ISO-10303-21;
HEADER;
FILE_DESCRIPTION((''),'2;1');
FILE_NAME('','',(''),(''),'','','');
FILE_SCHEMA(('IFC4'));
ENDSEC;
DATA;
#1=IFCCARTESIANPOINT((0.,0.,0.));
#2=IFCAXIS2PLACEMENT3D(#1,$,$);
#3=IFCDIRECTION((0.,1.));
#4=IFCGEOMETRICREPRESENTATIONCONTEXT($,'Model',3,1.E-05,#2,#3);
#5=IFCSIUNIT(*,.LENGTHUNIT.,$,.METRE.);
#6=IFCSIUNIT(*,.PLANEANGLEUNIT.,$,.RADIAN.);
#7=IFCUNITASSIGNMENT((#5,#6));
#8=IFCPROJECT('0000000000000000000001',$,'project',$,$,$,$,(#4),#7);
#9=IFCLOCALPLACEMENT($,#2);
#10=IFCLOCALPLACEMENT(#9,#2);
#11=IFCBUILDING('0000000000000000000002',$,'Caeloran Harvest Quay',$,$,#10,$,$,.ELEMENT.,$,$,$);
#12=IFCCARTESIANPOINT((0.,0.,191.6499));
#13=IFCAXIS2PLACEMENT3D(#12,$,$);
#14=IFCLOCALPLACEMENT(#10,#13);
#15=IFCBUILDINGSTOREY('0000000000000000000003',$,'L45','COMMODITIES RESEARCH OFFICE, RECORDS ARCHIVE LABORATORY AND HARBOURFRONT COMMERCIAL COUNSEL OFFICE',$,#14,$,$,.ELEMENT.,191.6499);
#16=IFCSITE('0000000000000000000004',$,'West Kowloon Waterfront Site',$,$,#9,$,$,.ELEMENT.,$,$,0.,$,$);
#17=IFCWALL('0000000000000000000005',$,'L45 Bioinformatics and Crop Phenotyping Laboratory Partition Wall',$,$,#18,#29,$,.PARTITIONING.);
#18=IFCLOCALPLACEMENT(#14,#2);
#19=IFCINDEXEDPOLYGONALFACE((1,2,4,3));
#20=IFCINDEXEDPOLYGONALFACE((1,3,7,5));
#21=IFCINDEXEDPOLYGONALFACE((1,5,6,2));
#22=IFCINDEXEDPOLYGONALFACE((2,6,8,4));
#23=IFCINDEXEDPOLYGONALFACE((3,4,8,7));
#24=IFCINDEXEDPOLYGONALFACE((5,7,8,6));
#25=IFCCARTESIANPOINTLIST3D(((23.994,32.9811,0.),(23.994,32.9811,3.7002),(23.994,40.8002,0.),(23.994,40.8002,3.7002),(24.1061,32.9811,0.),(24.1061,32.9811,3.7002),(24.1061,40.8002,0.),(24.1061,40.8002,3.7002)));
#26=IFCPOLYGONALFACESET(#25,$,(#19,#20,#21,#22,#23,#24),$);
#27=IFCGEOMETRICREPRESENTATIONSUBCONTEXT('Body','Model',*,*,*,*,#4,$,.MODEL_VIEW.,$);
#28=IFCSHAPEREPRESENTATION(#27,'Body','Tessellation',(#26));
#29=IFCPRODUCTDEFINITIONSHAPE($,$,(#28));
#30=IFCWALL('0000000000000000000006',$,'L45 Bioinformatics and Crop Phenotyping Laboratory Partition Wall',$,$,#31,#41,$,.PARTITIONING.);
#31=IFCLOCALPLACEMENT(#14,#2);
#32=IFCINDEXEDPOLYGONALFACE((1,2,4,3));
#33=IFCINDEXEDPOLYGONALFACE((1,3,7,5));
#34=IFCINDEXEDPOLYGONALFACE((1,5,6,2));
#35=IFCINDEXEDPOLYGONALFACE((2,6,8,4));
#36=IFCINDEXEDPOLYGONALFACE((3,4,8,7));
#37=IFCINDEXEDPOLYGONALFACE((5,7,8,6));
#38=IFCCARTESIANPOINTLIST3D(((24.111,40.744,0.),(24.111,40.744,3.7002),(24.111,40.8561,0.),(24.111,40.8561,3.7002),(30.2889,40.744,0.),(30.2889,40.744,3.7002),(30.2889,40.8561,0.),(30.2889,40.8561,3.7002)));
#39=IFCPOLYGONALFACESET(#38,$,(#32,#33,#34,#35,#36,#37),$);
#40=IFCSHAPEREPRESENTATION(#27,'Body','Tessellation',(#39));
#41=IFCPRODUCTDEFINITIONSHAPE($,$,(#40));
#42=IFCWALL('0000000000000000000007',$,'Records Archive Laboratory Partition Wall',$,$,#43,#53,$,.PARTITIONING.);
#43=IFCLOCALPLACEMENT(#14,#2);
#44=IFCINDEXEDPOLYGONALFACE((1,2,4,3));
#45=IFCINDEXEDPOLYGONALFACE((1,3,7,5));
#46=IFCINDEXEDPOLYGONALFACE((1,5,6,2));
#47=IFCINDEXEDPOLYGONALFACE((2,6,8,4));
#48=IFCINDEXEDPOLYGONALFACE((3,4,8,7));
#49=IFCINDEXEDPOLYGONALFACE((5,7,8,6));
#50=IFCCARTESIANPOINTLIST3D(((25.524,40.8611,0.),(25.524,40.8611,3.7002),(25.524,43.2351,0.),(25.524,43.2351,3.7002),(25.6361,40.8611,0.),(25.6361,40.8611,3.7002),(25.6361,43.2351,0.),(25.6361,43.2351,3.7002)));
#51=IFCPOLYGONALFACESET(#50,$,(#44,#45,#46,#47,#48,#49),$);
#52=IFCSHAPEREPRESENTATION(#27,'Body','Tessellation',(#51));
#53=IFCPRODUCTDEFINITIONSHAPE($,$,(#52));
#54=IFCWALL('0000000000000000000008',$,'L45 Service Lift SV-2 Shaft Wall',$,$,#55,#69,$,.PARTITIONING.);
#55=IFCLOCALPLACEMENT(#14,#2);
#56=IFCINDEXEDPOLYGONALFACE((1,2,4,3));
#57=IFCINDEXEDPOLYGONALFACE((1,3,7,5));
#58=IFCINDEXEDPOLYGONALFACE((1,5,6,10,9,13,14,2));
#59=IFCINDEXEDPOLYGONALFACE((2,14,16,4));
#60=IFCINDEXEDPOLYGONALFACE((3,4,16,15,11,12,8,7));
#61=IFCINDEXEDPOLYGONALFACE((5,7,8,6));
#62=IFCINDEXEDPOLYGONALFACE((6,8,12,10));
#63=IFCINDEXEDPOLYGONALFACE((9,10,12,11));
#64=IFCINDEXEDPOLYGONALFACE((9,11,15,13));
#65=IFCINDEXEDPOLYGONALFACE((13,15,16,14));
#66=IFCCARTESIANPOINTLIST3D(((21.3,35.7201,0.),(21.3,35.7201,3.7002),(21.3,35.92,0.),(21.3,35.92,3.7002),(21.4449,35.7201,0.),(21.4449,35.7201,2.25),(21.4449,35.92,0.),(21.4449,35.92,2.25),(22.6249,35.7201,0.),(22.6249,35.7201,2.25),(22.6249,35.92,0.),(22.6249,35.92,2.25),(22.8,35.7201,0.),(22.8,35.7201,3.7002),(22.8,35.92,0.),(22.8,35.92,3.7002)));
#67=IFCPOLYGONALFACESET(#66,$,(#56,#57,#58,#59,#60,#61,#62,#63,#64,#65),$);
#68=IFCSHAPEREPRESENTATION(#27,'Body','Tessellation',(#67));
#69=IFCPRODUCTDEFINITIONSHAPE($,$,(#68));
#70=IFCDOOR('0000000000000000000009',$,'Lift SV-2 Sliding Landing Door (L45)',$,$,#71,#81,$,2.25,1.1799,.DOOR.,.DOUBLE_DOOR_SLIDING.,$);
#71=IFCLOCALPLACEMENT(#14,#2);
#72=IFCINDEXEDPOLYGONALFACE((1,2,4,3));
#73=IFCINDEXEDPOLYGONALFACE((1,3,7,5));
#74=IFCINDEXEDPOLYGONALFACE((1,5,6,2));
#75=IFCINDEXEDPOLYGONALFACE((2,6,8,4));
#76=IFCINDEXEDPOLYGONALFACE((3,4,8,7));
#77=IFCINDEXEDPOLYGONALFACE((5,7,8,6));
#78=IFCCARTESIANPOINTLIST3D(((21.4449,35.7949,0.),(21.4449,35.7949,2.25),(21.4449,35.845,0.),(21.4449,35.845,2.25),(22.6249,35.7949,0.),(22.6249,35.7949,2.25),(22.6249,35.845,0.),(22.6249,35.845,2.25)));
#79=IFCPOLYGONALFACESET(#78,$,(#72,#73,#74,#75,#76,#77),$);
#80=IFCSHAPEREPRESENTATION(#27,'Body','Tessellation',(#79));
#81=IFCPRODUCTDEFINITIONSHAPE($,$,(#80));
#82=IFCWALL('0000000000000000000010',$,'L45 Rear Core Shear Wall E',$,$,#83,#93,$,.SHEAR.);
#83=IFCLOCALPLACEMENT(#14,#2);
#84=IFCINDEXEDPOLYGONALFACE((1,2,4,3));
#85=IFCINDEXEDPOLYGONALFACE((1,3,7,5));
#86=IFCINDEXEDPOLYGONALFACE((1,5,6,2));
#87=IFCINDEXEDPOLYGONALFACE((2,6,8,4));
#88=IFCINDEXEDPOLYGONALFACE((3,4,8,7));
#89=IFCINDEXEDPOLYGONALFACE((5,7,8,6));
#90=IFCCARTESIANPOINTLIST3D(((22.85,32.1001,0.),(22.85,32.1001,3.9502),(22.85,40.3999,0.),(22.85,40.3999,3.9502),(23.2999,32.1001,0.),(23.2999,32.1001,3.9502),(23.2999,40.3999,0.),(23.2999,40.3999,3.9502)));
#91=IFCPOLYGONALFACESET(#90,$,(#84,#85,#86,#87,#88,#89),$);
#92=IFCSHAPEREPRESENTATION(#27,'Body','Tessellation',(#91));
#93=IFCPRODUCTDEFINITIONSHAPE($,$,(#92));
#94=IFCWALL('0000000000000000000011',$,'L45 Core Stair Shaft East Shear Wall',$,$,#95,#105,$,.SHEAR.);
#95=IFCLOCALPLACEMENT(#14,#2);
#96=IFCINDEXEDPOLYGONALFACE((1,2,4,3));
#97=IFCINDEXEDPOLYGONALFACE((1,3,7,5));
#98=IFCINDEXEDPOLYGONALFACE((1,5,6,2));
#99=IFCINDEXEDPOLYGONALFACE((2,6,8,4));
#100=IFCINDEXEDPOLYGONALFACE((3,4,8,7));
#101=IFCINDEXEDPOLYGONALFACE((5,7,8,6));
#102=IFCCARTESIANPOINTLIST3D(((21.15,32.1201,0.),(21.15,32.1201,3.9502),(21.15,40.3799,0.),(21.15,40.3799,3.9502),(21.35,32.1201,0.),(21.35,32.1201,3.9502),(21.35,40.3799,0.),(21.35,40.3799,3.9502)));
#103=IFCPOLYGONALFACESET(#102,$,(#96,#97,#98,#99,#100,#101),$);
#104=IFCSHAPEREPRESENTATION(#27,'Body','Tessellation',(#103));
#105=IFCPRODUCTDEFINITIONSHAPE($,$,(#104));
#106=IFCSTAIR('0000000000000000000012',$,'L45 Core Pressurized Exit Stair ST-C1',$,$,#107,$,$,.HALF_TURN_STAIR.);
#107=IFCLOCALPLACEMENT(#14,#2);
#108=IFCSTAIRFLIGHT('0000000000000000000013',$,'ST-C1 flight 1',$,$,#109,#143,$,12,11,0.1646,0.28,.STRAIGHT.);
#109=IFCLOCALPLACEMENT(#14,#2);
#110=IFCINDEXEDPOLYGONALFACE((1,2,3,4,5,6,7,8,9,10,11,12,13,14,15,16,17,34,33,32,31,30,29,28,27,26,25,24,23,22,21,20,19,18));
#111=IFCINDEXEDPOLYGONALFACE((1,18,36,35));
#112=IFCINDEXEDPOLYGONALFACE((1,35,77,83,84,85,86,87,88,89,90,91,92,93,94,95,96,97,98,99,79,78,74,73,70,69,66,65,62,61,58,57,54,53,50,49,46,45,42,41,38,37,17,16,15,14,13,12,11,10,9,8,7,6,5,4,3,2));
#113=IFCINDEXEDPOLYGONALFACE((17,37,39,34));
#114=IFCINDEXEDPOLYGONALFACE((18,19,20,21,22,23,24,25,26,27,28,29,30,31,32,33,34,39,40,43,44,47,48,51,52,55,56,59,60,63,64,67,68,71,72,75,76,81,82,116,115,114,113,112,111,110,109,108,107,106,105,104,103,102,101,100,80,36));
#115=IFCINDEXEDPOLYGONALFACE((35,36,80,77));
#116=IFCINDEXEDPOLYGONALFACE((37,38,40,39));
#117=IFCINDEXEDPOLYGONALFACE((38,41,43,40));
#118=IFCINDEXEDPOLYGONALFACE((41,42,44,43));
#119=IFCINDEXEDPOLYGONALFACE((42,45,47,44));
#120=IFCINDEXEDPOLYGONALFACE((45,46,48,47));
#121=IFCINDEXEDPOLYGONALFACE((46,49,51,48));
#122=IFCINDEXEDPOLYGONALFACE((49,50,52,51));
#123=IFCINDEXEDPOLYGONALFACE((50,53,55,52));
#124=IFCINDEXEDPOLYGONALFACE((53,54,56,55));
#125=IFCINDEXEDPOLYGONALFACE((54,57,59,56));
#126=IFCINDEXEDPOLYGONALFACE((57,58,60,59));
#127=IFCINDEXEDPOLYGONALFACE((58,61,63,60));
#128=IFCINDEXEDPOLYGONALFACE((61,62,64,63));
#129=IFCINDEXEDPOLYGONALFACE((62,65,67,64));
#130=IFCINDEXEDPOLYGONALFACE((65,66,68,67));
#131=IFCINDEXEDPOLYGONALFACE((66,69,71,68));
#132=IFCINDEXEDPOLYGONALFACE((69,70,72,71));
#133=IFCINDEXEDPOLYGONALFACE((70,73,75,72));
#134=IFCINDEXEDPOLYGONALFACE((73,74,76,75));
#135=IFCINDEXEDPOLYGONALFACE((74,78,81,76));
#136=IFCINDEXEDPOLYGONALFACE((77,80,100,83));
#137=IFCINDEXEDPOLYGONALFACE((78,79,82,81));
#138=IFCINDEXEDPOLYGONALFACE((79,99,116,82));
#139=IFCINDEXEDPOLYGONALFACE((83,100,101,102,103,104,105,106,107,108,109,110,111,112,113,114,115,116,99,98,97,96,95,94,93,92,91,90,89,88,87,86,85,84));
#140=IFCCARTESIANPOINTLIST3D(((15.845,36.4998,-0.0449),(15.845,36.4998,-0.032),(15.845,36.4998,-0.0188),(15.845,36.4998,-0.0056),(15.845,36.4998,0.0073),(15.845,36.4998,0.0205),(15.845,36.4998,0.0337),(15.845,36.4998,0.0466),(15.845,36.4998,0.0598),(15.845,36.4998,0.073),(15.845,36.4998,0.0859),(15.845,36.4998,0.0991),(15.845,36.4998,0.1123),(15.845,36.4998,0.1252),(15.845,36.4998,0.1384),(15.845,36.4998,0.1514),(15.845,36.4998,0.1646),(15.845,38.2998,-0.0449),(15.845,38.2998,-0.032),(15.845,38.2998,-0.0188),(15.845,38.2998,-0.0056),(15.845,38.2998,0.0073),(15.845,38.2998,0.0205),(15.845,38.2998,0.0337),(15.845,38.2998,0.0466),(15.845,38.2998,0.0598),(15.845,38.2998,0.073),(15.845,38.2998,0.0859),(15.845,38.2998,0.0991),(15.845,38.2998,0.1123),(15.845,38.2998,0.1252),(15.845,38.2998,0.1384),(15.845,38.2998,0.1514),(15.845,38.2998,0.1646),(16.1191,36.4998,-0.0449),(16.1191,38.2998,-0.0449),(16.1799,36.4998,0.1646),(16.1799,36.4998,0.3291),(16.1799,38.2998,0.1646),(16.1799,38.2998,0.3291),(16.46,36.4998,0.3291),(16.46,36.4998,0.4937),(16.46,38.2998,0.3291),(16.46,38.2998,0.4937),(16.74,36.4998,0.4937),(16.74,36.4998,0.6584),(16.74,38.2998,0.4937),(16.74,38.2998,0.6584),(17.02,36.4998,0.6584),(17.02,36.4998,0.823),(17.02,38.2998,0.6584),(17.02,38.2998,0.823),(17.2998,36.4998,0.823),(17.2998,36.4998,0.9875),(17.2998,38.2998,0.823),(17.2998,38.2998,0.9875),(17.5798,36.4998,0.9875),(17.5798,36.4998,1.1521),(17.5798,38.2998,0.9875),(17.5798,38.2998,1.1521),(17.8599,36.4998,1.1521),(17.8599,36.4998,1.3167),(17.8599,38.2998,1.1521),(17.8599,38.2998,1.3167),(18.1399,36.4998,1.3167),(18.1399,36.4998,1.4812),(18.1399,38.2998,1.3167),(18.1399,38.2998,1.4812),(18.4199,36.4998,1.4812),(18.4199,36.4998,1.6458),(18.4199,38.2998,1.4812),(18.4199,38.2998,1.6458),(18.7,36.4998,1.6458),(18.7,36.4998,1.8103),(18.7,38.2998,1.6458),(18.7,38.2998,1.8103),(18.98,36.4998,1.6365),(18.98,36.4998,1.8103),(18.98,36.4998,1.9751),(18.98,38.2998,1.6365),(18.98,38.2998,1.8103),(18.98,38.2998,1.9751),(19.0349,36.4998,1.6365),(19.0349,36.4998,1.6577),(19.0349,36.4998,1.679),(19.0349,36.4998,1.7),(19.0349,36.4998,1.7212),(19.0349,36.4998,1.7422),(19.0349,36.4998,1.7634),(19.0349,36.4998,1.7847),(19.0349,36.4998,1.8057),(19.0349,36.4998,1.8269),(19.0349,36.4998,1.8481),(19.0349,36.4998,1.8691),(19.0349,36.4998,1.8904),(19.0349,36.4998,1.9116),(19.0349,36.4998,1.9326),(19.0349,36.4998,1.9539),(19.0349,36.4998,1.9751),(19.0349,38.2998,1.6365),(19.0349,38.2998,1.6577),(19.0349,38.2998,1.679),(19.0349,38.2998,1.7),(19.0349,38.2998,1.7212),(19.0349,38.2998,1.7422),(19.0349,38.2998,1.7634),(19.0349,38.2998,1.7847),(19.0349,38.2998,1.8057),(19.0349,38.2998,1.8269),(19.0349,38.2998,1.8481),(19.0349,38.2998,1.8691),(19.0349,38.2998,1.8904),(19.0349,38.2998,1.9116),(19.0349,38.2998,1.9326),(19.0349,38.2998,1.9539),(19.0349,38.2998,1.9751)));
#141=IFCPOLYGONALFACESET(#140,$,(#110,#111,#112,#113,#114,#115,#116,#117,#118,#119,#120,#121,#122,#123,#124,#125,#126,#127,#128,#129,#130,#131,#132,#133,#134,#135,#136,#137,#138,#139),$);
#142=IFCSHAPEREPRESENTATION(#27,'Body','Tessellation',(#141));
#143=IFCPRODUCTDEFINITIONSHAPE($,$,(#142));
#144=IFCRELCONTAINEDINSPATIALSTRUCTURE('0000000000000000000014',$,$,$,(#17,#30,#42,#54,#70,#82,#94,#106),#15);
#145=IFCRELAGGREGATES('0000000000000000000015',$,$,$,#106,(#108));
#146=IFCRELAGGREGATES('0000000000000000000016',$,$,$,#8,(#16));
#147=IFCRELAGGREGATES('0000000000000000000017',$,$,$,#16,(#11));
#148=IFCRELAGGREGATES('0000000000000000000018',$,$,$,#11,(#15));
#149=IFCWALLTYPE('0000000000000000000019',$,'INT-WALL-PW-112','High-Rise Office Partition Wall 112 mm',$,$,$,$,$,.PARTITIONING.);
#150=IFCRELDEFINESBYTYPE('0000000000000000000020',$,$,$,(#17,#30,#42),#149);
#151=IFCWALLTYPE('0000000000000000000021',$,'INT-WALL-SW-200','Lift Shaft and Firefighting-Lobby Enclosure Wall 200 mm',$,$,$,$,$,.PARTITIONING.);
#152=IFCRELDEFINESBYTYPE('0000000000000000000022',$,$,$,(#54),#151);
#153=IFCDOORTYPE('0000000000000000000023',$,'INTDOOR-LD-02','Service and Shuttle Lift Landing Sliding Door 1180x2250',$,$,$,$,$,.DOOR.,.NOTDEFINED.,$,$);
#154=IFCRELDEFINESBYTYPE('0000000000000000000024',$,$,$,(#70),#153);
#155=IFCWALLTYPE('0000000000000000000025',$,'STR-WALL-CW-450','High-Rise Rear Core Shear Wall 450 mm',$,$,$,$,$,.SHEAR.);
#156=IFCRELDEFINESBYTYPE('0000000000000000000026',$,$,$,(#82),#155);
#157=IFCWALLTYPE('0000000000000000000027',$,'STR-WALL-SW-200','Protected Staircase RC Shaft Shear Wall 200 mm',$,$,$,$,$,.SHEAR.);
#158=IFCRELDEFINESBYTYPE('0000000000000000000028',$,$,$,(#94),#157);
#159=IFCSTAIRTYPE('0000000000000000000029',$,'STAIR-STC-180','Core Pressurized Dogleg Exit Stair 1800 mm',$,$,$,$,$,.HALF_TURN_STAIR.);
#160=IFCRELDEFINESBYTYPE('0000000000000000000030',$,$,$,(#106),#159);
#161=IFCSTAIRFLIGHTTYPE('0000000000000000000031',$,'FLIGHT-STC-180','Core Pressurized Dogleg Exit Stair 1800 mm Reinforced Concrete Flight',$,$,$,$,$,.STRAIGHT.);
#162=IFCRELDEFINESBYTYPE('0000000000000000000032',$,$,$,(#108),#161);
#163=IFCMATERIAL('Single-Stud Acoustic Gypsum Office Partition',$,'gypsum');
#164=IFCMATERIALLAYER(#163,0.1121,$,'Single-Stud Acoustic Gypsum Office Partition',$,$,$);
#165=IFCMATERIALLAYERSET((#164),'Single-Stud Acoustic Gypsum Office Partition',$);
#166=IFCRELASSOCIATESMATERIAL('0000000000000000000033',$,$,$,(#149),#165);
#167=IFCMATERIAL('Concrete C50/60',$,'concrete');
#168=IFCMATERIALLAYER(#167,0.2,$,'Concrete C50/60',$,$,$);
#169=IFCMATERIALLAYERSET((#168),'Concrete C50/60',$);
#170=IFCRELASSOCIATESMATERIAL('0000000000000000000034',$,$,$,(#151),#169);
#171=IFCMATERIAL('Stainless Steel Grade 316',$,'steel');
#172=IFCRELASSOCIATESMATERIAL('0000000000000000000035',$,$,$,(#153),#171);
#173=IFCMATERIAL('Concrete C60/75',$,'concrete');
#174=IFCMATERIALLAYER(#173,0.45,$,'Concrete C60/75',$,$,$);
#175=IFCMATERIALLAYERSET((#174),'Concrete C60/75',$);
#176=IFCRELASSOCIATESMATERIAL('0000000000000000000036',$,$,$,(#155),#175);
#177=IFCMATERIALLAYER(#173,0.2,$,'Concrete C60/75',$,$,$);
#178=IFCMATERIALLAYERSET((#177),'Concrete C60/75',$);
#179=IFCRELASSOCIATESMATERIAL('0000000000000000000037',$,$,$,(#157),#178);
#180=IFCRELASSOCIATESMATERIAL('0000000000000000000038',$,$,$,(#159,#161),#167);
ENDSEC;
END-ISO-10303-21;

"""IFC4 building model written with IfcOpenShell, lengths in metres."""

from ifc_helpers import new_model, si_unit, direction, frame, frame_2d, origin, place, context, subcontext, project, spatial, polyline, rectangle, outline, extrude, material, layer, layer_set, type_object, element, fill, aggregate, save


model = new_model("IFC4")

# Units and contexts
model_context = context("Model", 3, precision=1e-05, world=origin(), true_north=direction((0.0, 1.0)))
body_context = subcontext(model_context, "Body", "Model", "MODEL_VIEW")
ifc_project = project(units=[si_unit("LENGTHUNIT", "METRE"), si_unit("PLANEANGLEUNIT", "RADIAN")], contexts=[model_context])

# Site, building, storey
site_placement = place(None, origin())
site = spatial("IfcSite", under=ifc_project, at=site_placement, Name="West Kowloon Waterfront Site", CompositionType="ELEMENT", RefElevation=0.0)
building_placement = place(site_placement, origin())
building = spatial("IfcBuilding", under=site, at=building_placement, Name="Caeloran Harvest Quay", CompositionType="ELEMENT")
storey_placement = place(building_placement, frame((0.0, 0.0, 191.6499)))
storey = spatial("IfcBuildingStorey", under=building, at=storey_placement, Name="L45", Description="COMMODITIES RESEARCH OFFICE, RECORDS ARCHIVE LABORATORY AND HARBOURFRONT COMMERCIAL COUNSEL OFFICE", CompositionType="ELEMENT", Elevation=191.6499)

# Walls
ifc_material_1 = material(Name="Single-Stud Acoustic Gypsum Office Partition", Category="gypsum")
ifc_layer_1 = layer(ifc_material_1, 0.1121, Name="Single-Stud Acoustic Gypsum Office Partition")
ifc_layer_set_1 = layer_set([ifc_layer_1], Name="Single-Stud Acoustic Gypsum Office Partition")
wall_type_1 = type_object("IfcWallType", Name="INT-WALL-PW-112", Description="High-Rise Office Partition Wall 112 mm", PredefinedType="PARTITIONING", material=ifc_layer_set_1)
wall_1_placement = place(storey_placement, frame((24.05, 32.981, 0.0), z_axis=(0.0, 0.0, 1.0), x_axis=(0.0, 1.0, 0.0)))
element("IfcWall", 1, at=wall_1_placement, inside=storey, type_object=wall_type_1, Name="L45 Bioinformatics and Crop Phenotyping Laboratory Partition Wall", PredefinedType="PARTITIONING", context=body_context, shape_type="SweptSolid", body=[
    extrude(rectangle(XDim=7.8191, YDim=0.1121, at=frame_2d((3.9097, 0.0))), origin(), (0.0, 0.0, 1.0), 3.7002),
])
wall_2_placement = place(storey_placement, frame((24.1111, 40.8, 0.0), z_axis=(0.0, 0.0, 1.0), x_axis=(1.0, 0.0, 0.0)))
element("IfcWall", 2, at=wall_2_placement, inside=storey, type_object=wall_type_1, Name="L45 Bioinformatics and Crop Phenotyping Laboratory Partition Wall", PredefinedType="PARTITIONING", context=body_context, shape_type="SweptSolid", body=[
    extrude(rectangle(XDim=6.178, YDim=0.1121, at=frame_2d((3.0889, 0.0))), origin(), (0.0, 0.0, 1.0), 3.7002),
])
wall_3_placement = place(storey_placement, frame((25.5801, 40.8611, 0.0), z_axis=(0.0, 0.0, 1.0), x_axis=(0.0, 1.0, 0.0)))
element("IfcWall", 3, at=wall_3_placement, inside=storey, type_object=wall_type_1, Name="Records Archive Laboratory Partition Wall", PredefinedType="PARTITIONING", context=body_context, shape_type="SweptSolid", body=[
    extrude(rectangle(XDim=2.374, YDim=0.1121, at=frame_2d((1.187, 0.0))), origin(), (0.0, 0.0, 1.0), 3.7002),
])

# Wall, opening, door
ifc_material_2 = material(Name="Concrete C50/60", Category="concrete")
ifc_layer_2 = layer(ifc_material_2, 0.2, Name="Concrete C50/60")
ifc_layer_set_2 = layer_set([ifc_layer_2], Name="Concrete C50/60")
wall_type_2 = type_object("IfcWallType", Name="INT-WALL-SW-200", Description="Lift Shaft and Firefighting-Lobby Enclosure Wall 200 mm", PredefinedType="PARTITIONING", material=ifc_layer_set_2)
wall_4_placement = place(storey_placement, frame((21.3, 35.8201, 0.0), z_axis=(0.0, 0.0, 1.0), x_axis=(1.0, 0.0, 0.0)))
wall_4 = element("IfcWall", 4, at=wall_4_placement, inside=storey, type_object=wall_type_2, Name="L45 Service Lift SV-2 Shaft Wall", PredefinedType="PARTITIONING", context=body_context, shape_type="SweptSolid", body=[
    extrude(rectangle(XDim=1.5, YDim=0.2, at=frame_2d((0.75, 0.0))), origin(), (0.0, 0.0, 1.0), 3.7002),
])
opening_placement = place(wall_4_placement, frame((0.145, 0.0, 0.0)))
opening = element("IfcOpeningElement", 5, at=opening_placement, cuts=wall_4, PredefinedType="OPENING", context=body_context, shape_type="SweptSolid", body=[
    extrude(rectangle(XDim=1.1799, YDim=2.25, at=frame_2d((0.5898, 1.125))), frame((0.0, 0.1099, 0.0), z_axis=(0.0, -1.0, 0.0), x_axis=(1.0, 0.0, 0.0)), (0.0, 0.0, 1.0), 0.22),
])
ifc_material_3 = material(Name="Stainless Steel Grade 316", Category="steel")
door_type = type_object("IfcDoorType", Name="INTDOOR-LD-02", Description="Service and Shuttle Lift Landing Sliding Door 1180x2250", OperationType="NOTDEFINED", PredefinedType="DOOR", material=ifc_material_3)
door_placement = place(opening_placement, origin())
door = element("IfcDoor", 6, at=door_placement, inside=storey, type_object=door_type, Name="Lift SV-2 Sliding Landing Door (L45)", OperationType="DOUBLE_DOOR_SLIDING", OverallHeight=2.25, OverallWidth=1.1799, PredefinedType="DOOR", context=body_context, shape_type="SweptSolid", body=[
    extrude(rectangle(XDim=1.1799, YDim=2.25, at=frame_2d((0.5898, 1.125))), frame((0.0, 0.0249, 0.0), z_axis=(0.0, -1.0, 0.0), x_axis=(1.0, 0.0, 0.0)), (0.0, 0.0, 1.0), 0.05),
])
fill(opening, door)

# Walls
ifc_material_4 = material(Name="Concrete C60/75", Category="concrete")
ifc_layer_3 = layer(ifc_material_4, 0.45, Name="Concrete C60/75")
ifc_layer_set_3 = layer_set([ifc_layer_3], Name="Concrete C60/75")
wall_type_3 = type_object("IfcWallType", Name="STR-WALL-CW-450", Description="High-Rise Rear Core Shear Wall 450 mm", PredefinedType="SHEAR", material=ifc_layer_set_3)
wall_5_placement = place(storey_placement, frame((23.075, 32.1001, 0.0), z_axis=(0.0, 0.0, 1.0), x_axis=(0.0, 1.0, 0.0)))
element("IfcWall", 7, at=wall_5_placement, inside=storey, type_object=wall_type_3, Name="L45 Rear Core Shear Wall E", PredefinedType="SHEAR", context=body_context, shape_type="SweptSolid", body=[
    extrude(rectangle(XDim=8.2998, YDim=0.45, at=frame_2d((4.1499, 0.0))), origin(), (0.0, 0.0, 1.0), 3.9502),
])
ifc_layer_4 = layer(ifc_material_4, 0.2, Name="Concrete C60/75")
ifc_layer_set_4 = layer_set([ifc_layer_4], Name="Concrete C60/75")
wall_type_4 = type_object("IfcWallType", Name="STR-WALL-SW-200", Description="Protected Staircase RC Shaft Shear Wall 200 mm", PredefinedType="SHEAR", material=ifc_layer_set_4)
wall_6_placement = place(storey_placement, frame((21.25, 32.1201, 0.0), z_axis=(0.0, 0.0, 1.0), x_axis=(0.0, 1.0, 0.0)))
element("IfcWall", 8, at=wall_6_placement, inside=storey, type_object=wall_type_4, Name="L45 Core Stair Shaft East Shear Wall", PredefinedType="SHEAR", context=body_context, shape_type="SweptSolid", body=[
    extrude(rectangle(XDim=8.2598, YDim=0.2, at=frame_2d((4.1299, 0.0))), origin(), (0.0, 0.0, 1.0), 3.9502),
])

# Stair, stair flight
stair_type = type_object("IfcStairType", Name="STAIR-STC-180", Description="Core Pressurized Dogleg Exit Stair 1800 mm", PredefinedType="HALF_TURN_STAIR", material=ifc_material_2)
stair_1_placement = place(storey_placement, origin())
stair_1 = element("IfcStair", 9, at=stair_1_placement, inside=storey, type_object=stair_type, Name="L45 Core Pressurized Exit Stair ST-C1", PredefinedType="HALF_TURN_STAIR")
stair_flight_type = type_object("IfcStairFlightType", Name="FLIGHT-STC-180", Description="Core Pressurized Dogleg Exit Stair 1800 mm Reinforced Concrete Flight", PredefinedType="STRAIGHT", material=ifc_material_2)
stair_flight_1_placement = place(storey_placement, frame((15.8999, 37.3999, 0.0), z_axis=(0.0, 0.0, 1.0), x_axis=(1.0, 0.0, 0.0)))
stair_flight_1 = element("IfcStairFlight", 10, at=stair_flight_1_placement, type_object=stair_flight_type, Name="ST-C1 flight 1", NumberOfRisers=12, NumberOfTreads=11, PredefinedType="STRAIGHT", RiserHeight=0.1646, TreadLength=0.28, context=body_context, shape_type="SweptSolid", body=[
    extrude(outline(polyline([(-0.0549, -0.0449), (-0.0549, -0.032), (-0.0549, -0.0188), (-0.0549, -0.0056), (-0.0549, 0.0073), (-0.0549, 0.0205), (-0.0549, 0.0337), (-0.0549, 0.0466), (-0.0549, 0.0598), (-0.0549, 0.073), (-0.0549, 0.0859), (-0.0549, 0.0991), (-0.0549, 0.1123), (-0.0549, 0.1252), (-0.0549, 0.1384), (-0.0549, 0.1514), (-0.0549, 0.1646), (0.28, 0.1646), (0.28, 0.3291), (0.5601, 0.3291), (0.5601, 0.4937), (0.8401, 0.4937), (0.8401, 0.6584), (1.1201, 0.6584), (1.1201, 0.823), (1.3999, 0.823), (1.3999, 0.9875), (1.6799, 0.9875), (1.6799, 1.1521), (1.96, 1.1521), (1.96, 1.3167), (2.24, 1.3167), (2.24, 1.4812), (2.52, 1.4812), (2.52, 1.6458), (2.8, 1.6458), (2.8, 1.8103), (3.0801, 1.8103), (3.0801, 1.9751), (3.135, 1.9751), (3.135, 1.9539), (3.135, 1.9326), (3.135, 1.9116), (3.135, 1.8904), (3.135, 1.8691), (3.135, 1.8481), (3.135, 1.8269), (3.135, 1.8057), (3.135, 1.7847), (3.135, 1.7634), (3.135, 1.7422), (3.135, 1.7212), (3.135, 1.7), (3.135, 1.679), (3.135, 1.6577), (3.135, 1.6365), (3.0801, 1.6365), (0.2192, -0.0449), (-0.0549, -0.0449)])), frame((0.0, 0.8999, 0.0), z_axis=(0.0, -1.0, 0.0), x_axis=(1.0, 0.0, 0.0)), (0.0, 0.0, 1.0), 1.8),
])
aggregate(stair_1, [stair_flight_1])

save(model, "model.ifc")
